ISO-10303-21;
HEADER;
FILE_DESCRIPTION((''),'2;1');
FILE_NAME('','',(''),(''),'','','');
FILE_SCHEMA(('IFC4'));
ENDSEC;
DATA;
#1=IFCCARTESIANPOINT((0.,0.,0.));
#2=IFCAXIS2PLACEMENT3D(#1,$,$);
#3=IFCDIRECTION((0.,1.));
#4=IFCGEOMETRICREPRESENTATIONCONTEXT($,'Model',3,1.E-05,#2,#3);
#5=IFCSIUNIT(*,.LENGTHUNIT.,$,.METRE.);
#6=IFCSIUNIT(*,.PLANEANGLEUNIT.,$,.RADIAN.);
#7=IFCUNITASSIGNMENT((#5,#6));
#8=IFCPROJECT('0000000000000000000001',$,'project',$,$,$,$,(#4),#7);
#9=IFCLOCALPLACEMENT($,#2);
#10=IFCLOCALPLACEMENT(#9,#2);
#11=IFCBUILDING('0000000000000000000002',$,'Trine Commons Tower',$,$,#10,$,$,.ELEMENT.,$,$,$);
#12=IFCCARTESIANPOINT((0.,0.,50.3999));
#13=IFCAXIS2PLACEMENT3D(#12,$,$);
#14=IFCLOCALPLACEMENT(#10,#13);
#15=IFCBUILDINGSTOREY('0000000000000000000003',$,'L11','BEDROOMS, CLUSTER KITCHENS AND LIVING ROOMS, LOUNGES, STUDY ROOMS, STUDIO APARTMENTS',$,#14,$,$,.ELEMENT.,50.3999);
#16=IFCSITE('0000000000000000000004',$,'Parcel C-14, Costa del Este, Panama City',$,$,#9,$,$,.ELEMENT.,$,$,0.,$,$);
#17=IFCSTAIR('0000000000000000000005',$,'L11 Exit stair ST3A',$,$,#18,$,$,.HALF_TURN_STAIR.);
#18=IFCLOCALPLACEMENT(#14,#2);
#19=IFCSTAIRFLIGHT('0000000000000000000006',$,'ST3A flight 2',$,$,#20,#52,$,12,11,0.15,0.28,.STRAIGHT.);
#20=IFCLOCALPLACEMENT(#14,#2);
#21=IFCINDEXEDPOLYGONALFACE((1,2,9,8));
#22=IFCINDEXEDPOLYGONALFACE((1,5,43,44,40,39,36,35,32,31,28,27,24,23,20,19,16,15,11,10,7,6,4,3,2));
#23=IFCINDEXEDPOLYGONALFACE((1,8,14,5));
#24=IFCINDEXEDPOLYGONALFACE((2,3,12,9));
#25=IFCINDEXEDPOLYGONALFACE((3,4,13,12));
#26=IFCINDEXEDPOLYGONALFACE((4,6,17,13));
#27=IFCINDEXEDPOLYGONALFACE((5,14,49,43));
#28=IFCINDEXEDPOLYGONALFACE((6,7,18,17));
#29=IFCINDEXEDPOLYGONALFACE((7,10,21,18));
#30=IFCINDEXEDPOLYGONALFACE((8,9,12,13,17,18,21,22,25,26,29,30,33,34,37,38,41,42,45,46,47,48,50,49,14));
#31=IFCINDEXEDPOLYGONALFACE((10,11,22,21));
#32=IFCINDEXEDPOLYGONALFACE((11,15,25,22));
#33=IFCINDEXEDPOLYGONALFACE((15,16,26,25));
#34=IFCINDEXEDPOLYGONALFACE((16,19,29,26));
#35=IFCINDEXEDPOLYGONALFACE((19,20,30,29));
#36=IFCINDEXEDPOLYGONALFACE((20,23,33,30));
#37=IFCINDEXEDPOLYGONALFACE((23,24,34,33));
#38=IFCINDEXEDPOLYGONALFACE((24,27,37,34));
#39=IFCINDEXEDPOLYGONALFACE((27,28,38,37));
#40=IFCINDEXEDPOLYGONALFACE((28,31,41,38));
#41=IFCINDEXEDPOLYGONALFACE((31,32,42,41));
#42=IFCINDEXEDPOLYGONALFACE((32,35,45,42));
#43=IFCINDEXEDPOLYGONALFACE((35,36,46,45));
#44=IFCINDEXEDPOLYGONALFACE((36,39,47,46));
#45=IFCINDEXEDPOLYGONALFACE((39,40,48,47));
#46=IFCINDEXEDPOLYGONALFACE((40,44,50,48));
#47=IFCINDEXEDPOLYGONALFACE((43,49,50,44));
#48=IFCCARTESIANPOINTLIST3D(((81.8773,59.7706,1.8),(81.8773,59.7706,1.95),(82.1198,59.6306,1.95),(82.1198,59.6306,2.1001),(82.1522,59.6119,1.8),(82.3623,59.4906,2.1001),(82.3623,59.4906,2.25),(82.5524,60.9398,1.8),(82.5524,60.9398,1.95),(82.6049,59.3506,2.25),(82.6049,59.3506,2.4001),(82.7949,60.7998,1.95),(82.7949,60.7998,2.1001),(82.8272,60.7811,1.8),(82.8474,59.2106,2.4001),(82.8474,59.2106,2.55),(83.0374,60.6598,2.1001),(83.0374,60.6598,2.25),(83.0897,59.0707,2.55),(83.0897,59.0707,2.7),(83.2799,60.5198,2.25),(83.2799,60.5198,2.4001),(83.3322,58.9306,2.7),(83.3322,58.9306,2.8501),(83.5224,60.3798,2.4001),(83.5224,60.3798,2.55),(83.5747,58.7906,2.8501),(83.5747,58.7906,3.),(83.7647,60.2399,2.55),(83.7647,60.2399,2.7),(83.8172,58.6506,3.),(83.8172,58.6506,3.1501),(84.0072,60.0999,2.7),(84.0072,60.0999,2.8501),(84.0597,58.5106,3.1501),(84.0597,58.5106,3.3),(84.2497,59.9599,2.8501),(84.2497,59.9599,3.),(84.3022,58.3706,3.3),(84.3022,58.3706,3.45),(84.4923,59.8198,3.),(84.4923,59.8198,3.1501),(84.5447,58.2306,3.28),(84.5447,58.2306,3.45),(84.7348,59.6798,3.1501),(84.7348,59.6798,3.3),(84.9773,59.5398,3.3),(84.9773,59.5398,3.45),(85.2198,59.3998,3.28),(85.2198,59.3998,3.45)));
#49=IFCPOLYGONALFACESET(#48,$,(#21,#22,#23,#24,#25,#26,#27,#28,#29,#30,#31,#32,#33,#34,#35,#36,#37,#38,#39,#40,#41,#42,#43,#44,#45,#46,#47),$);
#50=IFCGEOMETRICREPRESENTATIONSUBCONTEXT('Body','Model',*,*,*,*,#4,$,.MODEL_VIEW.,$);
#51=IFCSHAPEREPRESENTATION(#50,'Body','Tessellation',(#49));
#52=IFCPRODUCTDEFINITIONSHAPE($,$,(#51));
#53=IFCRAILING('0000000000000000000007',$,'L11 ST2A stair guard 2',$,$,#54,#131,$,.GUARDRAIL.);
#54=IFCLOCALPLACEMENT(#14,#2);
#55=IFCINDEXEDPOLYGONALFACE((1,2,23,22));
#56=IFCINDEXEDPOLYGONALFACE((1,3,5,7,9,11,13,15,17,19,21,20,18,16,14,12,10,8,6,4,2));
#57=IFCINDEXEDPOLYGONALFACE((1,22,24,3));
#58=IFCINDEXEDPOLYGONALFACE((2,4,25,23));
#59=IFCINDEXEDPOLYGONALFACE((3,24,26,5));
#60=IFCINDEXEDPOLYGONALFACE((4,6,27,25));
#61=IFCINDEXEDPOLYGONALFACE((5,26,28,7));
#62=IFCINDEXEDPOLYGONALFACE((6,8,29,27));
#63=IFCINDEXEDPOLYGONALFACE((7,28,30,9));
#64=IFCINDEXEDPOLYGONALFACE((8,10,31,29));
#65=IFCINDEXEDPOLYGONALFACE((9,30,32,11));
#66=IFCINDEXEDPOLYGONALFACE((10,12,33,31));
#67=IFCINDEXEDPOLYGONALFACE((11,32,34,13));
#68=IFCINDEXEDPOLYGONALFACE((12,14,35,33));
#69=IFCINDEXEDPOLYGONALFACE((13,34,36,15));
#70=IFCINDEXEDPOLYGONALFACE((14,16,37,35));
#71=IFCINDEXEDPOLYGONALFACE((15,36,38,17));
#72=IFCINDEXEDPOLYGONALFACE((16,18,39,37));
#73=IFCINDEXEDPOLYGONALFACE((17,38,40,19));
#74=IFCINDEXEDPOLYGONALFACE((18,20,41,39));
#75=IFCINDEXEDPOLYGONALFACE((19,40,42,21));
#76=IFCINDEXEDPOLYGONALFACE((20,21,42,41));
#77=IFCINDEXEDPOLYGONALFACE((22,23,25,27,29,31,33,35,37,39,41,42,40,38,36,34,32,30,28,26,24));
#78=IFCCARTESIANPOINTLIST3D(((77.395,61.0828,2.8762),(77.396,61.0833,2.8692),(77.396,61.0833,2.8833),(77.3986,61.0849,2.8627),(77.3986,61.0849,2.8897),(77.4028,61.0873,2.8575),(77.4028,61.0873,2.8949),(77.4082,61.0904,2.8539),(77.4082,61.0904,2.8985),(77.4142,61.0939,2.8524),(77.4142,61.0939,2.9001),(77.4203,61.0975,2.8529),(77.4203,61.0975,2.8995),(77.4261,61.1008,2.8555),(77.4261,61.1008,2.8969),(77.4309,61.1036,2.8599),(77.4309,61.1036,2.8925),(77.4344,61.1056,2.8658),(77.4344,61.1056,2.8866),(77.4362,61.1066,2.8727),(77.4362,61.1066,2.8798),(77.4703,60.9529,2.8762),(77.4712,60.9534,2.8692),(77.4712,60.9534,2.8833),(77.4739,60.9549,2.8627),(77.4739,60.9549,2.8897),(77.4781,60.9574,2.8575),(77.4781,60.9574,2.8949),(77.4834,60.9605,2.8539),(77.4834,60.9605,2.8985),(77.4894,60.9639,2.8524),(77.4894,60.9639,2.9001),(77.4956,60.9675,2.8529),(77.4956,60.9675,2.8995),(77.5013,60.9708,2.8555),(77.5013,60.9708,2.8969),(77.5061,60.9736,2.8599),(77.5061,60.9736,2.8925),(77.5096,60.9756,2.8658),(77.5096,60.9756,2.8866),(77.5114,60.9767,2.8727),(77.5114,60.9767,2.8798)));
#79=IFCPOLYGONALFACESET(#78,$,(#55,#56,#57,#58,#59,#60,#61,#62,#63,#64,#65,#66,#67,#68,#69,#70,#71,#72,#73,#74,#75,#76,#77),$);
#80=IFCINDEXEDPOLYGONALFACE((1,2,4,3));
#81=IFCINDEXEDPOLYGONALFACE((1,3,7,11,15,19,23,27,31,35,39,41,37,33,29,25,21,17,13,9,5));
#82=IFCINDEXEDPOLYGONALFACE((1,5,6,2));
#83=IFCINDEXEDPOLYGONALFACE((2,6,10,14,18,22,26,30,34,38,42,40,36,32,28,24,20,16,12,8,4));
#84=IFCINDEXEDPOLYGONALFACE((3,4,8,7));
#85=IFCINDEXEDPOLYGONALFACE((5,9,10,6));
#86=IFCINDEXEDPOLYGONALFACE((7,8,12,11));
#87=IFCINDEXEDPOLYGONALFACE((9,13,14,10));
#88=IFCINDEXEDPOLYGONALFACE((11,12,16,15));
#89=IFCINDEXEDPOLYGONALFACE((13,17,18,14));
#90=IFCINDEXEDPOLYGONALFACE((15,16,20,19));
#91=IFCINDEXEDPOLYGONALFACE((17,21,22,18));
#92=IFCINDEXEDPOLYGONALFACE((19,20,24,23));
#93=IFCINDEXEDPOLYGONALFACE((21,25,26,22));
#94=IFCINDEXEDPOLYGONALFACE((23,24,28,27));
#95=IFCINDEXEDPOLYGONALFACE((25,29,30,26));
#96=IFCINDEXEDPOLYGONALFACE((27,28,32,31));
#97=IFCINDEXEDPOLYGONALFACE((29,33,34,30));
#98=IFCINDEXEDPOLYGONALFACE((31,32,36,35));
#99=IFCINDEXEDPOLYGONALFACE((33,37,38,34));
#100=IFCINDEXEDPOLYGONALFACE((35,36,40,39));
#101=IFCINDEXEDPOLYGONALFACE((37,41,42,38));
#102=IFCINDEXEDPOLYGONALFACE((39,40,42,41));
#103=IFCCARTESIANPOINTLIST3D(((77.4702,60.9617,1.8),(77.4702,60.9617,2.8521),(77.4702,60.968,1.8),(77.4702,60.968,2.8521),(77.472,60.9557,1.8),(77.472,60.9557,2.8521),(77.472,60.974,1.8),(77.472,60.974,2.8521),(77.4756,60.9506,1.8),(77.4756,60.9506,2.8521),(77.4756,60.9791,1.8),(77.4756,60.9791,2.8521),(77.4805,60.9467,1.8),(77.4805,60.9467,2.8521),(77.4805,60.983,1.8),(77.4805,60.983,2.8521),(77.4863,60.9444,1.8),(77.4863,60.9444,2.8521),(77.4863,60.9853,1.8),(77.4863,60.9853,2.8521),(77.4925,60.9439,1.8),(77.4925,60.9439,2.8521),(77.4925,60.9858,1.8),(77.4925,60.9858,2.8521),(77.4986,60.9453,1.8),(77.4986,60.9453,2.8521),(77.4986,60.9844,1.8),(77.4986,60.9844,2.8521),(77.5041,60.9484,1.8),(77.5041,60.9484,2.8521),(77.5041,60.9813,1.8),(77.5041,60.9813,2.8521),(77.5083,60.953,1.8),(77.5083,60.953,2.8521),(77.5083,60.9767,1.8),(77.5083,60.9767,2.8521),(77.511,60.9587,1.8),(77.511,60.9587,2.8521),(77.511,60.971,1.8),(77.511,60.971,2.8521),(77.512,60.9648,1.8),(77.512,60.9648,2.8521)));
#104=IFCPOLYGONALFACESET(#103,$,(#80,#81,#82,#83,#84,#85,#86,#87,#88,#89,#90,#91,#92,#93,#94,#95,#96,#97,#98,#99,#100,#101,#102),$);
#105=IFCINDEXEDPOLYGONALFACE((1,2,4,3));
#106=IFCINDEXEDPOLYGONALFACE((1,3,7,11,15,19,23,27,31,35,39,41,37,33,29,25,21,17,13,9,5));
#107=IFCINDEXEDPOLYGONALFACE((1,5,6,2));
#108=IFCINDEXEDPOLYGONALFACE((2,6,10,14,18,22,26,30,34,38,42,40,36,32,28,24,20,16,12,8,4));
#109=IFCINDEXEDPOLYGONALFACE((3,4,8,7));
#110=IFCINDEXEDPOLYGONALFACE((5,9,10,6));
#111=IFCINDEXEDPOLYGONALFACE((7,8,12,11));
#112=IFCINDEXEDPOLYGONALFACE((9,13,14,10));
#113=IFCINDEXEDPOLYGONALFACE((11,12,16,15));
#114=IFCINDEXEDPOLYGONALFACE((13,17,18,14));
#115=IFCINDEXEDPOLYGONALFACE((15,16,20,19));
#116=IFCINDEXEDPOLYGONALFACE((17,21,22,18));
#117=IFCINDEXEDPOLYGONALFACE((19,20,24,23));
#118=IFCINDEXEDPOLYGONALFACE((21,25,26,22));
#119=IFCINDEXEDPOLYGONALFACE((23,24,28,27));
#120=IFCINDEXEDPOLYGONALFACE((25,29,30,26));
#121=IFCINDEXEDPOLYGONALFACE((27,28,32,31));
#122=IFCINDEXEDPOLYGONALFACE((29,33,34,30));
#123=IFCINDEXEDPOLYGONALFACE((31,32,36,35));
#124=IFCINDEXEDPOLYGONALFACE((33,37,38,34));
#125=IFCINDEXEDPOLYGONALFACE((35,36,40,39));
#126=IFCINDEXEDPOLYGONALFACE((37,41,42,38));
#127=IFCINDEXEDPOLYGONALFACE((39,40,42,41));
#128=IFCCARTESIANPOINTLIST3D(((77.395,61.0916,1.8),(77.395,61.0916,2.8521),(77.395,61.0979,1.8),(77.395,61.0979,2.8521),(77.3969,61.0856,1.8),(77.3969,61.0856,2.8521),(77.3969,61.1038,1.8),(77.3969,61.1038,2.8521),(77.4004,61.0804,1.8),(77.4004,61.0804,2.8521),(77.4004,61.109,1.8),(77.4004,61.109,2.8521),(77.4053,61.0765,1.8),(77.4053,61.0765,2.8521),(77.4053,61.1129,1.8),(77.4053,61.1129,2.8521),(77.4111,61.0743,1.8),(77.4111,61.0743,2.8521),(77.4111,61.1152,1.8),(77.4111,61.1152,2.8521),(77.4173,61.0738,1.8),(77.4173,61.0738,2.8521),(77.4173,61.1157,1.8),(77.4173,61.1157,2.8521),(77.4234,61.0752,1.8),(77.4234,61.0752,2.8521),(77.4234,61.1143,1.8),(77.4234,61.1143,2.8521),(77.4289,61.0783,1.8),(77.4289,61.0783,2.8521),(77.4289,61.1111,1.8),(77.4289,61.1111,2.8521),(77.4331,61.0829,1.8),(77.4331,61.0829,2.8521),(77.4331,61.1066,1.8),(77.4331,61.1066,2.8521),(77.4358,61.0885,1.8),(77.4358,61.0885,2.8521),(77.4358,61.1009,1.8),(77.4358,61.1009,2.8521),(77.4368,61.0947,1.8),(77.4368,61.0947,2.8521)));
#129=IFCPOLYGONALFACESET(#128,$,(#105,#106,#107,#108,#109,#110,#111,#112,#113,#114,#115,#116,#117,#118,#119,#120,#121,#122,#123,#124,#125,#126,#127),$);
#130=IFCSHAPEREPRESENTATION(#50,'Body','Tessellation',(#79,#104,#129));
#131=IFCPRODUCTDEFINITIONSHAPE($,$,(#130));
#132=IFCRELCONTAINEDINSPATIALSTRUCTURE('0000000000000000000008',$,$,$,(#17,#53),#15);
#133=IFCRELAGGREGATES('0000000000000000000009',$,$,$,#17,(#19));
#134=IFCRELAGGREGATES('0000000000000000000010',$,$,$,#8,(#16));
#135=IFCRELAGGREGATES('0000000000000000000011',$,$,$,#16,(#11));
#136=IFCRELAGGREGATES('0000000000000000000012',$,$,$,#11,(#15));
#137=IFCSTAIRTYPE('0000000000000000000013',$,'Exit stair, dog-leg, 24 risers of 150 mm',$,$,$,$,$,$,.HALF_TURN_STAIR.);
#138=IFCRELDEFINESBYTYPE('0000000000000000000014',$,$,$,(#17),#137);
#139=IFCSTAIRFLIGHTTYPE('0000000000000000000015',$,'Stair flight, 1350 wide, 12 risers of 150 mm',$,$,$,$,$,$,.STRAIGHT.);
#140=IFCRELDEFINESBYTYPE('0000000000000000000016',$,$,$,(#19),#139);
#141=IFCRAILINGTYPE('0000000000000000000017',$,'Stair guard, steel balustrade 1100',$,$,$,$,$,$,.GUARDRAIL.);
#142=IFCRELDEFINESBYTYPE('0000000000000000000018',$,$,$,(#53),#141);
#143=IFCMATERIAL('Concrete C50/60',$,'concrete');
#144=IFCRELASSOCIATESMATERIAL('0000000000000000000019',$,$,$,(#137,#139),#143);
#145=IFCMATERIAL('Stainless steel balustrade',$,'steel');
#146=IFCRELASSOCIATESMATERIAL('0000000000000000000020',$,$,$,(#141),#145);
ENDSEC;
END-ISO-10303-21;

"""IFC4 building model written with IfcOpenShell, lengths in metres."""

from ifc_helpers import new_model, si_unit, direction, frame, origin, origin_2d, place, context, subcontext, project, spatial, polyline, circle, outline, extrude, material, type_object, element, aggregate, save


model = new_model("IFC4")

# Units and contexts
model_context = context("Model", 3, precision=1e-05, world=origin(), true_north=direction((0.0, 1.0)))
body_context = subcontext(model_context, "Body", "Model", "MODEL_VIEW")
ifc_project = project(units=[si_unit("LENGTHUNIT", "METRE"), si_unit("PLANEANGLEUNIT", "RADIAN")], contexts=[model_context])

# Site, building, storey
site_placement = place(None, origin())
site = spatial("IfcSite", under=ifc_project, at=site_placement, Name="Parcel C-14, Costa del Este, Panama City", CompositionType="ELEMENT", RefElevation=0.0)
building_placement = place(site_placement, origin())
building = spatial("IfcBuilding", under=site, at=building_placement, Name="Trine Commons Tower", CompositionType="ELEMENT")
storey_placement = place(building_placement, frame((0.0, 0.0, 50.3999)))
storey = spatial("IfcBuildingStorey", under=building, at=storey_placement, Name="L11", Description="BEDROOMS, CLUSTER KITCHENS AND LIVING ROOMS, LOUNGES, STUDY ROOMS, STUDIO APARTMENTS", CompositionType="ELEMENT", Elevation=50.3999)

# Stair, stair flight
ifc_material_1 = material(Name="Concrete C50/60", Category="concrete")
stair_type = type_object("IfcStairType", Name="Exit stair, dog-leg, 24 risers of 150 mm", PredefinedType="HALF_TURN_STAIR", material=ifc_material_1)
stair_flight_type = type_object("IfcStairFlightType", Name="Stair flight, 1350 wide, 12 risers of 150 mm", PredefinedType="STRAIGHT", material=ifc_material_1)
stair_1_placement = place(storey_placement, origin())
stair_1 = element("IfcStair", 1, at=stair_1_placement, inside=storey, type_object=stair_type, Name="L11 Exit stair ST3A", PredefinedType="HALF_TURN_STAIR")
stair_flight_1_placement = place(storey_placement, frame((82.2148, 60.3552, 1.8), z_axis=(0.0, 0.0, 1.0), x_axis=(0.866025, -0.5, 0.0)))
stair_flight_1 = element("IfcStairFlight", 2, at=stair_flight_1_placement, type_object=stair_flight_type, Name="ST3A flight 2", NumberOfRisers=12, NumberOfTreads=11, PredefinedType="STRAIGHT", RiserHeight=0.15, TreadLength=0.28, context=body_context, shape_type="SweptSolid", body=[
    extrude(outline(polyline([(0.0, 0.0), (0.0, 0.1499), (0.28, 0.1499), (0.28, 0.3), (0.5601, 0.3), (0.5601, 0.45), (0.8401, 0.45), (0.8401, 0.6001), (1.1201, 0.6001), (1.1201, 0.75), (1.3999, 0.75), (1.3999, 0.8999), (1.6799, 0.8999), (1.6799, 1.05), (1.96, 1.05), (1.96, 1.2), (2.24, 1.2), (2.24, 1.3501), (2.52, 1.3501), (2.52, 1.5), (2.8, 1.5), (2.8, 1.6499), (3.0801, 1.6499), (3.0801, 1.8), (3.0801, 1.48), (0.3174, 0.0), (0.0, 0.0)])), frame((0.0, 0.675, 0.0), z_axis=(0.0, -1.0, 0.0), x_axis=(1.0, 0.0, 0.0)), (0.0, 0.0, 1.0), 1.3501),
])
aggregate(stair_1, [stair_flight_1])

# Railing
ifc_material_2 = material(Name="Stainless steel balustrade", Category="steel")
railing_type_1 = type_object("IfcRailingType", Name="Stair guard, steel balustrade 1100", PredefinedType="GUARDRAIL", material=ifc_material_2)
railing_1_placement = place(storey_placement, frame((77.491, 60.9648, 1.8)))
element("IfcRailing", 3, at=railing_1_placement, inside=storey, type_object=railing_type_1, Name="L11 ST2A stair guard 2", PredefinedType="GUARDRAIL", context=body_context, shape_type="SweptSolid", body=[
    extrude(circle(Radius=0.0239, at=origin_2d()), frame((0.0, 0.0, 1.0762), z_axis=(-0.501036, 0.865426, 0.0), x_axis=(-0.865426, -0.501036, 0.0)), (0.0, 0.0, 1.0), 0.1501),
    extrude(circle(Radius=0.021, at=origin_2d()), origin(), (0.0, 0.0, 1.0), 1.052),
    extrude(circle(Radius=0.021, at=origin_2d()), frame((-0.0752, 0.1299, 0.0)), (0.0, 0.0, 1.0), 1.052),
])

save(model, "model.ifc")
